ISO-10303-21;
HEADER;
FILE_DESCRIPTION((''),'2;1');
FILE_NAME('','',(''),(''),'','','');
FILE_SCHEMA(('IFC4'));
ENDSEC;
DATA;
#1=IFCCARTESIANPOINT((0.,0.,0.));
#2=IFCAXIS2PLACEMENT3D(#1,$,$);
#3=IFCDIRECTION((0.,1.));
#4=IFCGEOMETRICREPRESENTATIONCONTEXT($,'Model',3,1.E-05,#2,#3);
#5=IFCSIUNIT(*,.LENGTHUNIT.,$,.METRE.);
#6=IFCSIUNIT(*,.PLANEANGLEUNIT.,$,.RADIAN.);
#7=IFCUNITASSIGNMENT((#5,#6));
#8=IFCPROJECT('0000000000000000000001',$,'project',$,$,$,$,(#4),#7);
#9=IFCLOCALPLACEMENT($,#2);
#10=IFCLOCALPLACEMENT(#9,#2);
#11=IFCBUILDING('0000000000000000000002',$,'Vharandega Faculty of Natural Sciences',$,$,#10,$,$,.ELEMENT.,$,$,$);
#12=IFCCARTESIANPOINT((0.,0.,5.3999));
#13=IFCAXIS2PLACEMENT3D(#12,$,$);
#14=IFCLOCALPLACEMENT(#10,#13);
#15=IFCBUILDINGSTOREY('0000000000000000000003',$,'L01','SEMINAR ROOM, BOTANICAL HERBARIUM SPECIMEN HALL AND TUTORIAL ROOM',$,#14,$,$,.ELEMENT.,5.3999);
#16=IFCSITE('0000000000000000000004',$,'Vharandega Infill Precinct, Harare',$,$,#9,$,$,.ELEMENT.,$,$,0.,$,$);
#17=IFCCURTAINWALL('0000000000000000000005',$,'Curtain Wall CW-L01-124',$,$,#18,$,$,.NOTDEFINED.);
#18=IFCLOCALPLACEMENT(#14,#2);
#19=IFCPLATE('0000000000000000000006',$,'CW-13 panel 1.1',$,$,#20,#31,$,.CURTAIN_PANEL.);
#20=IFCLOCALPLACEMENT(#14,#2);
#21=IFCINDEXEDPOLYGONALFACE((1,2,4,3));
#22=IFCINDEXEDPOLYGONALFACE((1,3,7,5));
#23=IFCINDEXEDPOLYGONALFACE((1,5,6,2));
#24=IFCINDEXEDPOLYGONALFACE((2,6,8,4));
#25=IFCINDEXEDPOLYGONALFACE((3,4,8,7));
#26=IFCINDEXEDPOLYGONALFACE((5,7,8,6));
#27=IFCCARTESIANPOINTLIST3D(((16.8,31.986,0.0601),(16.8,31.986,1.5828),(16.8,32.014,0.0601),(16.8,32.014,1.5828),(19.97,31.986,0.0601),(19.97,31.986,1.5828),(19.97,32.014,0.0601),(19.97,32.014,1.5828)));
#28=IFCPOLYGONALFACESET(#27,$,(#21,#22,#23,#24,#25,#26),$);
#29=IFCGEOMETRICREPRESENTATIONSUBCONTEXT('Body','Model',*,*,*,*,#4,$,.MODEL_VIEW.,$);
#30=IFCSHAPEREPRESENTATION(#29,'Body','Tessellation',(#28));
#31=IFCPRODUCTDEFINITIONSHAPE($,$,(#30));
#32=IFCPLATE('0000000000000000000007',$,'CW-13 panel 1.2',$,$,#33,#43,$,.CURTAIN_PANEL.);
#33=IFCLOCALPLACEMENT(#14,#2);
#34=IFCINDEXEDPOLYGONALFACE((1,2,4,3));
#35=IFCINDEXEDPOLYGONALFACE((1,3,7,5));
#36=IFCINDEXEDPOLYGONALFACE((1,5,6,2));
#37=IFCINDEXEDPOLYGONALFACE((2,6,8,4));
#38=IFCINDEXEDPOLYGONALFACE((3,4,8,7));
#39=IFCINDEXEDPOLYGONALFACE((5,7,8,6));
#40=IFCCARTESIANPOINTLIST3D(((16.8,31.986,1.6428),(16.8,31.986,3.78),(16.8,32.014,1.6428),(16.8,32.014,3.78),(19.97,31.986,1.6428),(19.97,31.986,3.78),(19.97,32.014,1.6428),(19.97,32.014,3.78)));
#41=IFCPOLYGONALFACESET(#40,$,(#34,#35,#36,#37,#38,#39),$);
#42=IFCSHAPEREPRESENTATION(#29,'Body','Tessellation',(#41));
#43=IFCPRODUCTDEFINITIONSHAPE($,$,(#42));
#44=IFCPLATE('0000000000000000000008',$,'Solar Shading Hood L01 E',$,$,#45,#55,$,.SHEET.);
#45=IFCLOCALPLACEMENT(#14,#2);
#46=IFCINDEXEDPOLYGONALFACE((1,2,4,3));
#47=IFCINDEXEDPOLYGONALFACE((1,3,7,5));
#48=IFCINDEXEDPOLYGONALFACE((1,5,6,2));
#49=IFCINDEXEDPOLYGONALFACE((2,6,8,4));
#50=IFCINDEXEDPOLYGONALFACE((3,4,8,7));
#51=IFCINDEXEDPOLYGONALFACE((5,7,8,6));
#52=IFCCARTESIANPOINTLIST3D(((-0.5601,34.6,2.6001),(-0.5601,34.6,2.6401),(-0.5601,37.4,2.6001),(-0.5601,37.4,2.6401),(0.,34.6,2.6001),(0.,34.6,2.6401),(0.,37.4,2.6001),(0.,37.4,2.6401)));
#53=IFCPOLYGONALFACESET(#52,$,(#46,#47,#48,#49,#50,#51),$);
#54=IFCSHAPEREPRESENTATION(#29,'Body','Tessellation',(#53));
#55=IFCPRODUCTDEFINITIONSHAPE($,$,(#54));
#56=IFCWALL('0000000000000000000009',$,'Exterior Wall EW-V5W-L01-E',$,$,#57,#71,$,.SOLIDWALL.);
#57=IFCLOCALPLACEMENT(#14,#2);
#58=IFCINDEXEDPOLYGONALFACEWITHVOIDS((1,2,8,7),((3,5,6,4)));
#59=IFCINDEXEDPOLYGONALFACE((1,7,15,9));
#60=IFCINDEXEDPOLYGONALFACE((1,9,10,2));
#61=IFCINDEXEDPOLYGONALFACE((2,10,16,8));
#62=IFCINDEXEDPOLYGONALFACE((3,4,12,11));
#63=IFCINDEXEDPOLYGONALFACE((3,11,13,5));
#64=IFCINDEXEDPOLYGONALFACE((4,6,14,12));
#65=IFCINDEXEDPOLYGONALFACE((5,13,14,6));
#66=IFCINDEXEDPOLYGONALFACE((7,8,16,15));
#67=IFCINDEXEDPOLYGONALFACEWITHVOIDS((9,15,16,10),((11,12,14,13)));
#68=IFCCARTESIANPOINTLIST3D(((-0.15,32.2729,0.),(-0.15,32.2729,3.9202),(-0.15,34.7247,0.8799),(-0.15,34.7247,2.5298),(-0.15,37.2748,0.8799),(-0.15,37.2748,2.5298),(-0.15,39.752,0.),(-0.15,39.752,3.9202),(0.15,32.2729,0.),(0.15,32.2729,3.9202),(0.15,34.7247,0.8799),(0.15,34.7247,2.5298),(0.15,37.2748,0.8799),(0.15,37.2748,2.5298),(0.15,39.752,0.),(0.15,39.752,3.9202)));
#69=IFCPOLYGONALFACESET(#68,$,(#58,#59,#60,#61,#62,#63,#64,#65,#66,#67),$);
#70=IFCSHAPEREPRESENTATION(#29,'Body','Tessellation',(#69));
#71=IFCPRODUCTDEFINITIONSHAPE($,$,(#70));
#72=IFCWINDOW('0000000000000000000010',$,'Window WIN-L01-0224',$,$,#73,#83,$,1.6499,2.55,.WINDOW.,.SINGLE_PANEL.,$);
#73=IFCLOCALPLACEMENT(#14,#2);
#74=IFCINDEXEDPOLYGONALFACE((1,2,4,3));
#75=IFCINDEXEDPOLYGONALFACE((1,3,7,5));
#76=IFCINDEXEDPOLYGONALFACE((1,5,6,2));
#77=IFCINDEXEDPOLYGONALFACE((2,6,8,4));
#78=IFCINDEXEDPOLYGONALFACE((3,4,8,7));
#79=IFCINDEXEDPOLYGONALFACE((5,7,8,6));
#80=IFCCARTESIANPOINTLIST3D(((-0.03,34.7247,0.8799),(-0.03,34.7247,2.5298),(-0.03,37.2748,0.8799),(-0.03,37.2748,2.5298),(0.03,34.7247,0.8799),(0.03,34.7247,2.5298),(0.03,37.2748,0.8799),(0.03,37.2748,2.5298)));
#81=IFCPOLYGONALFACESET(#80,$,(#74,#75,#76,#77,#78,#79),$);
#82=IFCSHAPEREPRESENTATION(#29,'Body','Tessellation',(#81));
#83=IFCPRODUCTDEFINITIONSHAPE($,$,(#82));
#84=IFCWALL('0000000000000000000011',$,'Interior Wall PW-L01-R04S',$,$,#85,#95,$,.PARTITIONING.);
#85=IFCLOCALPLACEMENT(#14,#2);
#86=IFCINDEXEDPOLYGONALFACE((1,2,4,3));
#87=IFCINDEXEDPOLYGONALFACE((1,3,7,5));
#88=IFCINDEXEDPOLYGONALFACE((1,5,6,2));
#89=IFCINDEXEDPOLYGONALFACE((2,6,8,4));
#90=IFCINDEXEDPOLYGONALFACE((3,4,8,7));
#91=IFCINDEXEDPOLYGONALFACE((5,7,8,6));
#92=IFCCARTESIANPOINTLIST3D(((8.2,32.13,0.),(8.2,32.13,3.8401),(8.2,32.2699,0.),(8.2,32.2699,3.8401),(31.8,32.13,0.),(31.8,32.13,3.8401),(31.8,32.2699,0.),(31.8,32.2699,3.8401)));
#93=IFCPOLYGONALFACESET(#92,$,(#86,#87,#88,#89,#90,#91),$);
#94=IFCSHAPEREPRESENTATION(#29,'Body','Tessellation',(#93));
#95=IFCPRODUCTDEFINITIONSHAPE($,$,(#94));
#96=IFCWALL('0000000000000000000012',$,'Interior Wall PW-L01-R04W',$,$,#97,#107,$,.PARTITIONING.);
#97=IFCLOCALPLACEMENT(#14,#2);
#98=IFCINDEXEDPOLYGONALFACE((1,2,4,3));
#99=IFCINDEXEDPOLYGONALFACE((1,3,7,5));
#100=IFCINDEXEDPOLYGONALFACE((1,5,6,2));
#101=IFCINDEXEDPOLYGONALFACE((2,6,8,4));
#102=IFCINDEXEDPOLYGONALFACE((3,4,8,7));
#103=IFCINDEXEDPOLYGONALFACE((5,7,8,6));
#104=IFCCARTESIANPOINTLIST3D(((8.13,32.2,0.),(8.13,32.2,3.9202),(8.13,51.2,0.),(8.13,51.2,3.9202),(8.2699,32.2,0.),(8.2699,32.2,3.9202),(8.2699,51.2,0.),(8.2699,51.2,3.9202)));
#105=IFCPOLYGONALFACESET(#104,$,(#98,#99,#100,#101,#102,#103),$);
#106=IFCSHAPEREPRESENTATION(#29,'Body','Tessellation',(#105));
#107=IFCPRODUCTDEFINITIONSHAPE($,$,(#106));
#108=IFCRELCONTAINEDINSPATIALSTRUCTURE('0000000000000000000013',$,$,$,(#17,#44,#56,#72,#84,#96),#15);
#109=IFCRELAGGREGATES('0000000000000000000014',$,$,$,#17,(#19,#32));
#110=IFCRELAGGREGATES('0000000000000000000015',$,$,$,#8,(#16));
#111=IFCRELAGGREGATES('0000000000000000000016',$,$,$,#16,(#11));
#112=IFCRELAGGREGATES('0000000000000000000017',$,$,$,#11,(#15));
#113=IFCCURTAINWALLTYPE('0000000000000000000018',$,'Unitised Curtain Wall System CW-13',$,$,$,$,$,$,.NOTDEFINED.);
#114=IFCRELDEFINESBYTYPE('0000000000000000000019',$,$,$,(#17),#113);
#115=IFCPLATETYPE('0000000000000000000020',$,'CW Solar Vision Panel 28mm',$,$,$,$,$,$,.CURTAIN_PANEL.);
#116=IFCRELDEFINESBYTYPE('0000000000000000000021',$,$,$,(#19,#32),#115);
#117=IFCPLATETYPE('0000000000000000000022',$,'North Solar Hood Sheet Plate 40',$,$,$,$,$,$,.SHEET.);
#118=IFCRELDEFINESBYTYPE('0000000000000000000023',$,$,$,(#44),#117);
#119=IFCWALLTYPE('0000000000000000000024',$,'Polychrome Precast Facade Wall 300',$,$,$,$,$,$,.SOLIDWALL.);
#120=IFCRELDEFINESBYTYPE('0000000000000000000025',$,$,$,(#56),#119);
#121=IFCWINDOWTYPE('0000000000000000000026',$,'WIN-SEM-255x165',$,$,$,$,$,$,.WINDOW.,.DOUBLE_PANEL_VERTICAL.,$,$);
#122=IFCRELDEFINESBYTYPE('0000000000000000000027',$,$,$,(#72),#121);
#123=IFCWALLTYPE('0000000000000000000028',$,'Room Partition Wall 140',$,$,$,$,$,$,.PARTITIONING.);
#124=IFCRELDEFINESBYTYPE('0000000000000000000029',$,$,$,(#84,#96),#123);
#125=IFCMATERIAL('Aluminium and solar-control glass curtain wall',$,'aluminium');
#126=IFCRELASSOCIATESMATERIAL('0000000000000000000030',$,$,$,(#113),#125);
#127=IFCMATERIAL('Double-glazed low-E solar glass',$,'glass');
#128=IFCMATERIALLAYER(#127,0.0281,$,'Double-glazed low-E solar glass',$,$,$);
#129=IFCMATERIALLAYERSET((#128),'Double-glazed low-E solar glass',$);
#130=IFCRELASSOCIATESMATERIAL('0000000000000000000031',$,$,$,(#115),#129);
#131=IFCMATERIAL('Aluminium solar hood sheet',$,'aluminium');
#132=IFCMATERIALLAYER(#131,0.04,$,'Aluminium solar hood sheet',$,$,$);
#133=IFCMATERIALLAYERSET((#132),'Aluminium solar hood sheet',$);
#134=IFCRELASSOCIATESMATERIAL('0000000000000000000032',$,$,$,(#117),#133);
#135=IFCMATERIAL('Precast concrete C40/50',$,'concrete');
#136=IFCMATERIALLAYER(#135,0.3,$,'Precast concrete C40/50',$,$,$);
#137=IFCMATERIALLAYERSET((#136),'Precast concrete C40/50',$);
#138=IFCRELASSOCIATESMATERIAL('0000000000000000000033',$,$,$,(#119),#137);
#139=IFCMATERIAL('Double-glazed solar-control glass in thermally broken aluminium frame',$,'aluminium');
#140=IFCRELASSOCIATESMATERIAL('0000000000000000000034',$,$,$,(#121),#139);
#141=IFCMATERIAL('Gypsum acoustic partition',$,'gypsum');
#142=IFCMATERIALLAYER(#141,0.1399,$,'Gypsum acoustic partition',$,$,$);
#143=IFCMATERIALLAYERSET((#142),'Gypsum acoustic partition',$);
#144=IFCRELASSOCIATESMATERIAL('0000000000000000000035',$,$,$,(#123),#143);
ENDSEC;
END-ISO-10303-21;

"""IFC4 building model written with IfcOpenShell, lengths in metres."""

from ifc_helpers import new_model, si_unit, direction, frame, frame_2d, origin, origin_2d, place, context, subcontext, project, spatial, rectangle, extrude, material, layer, layer_set, type_object, element, fill, aggregate, save


model = new_model("IFC4")

# Units and contexts
model_context = context("Model", 3, precision=1e-05, world=origin(), true_north=direction((0.0, 1.0)))
body_context = subcontext(model_context, "Body", "Model", "MODEL_VIEW")
ifc_project = project(units=[si_unit("LENGTHUNIT", "METRE"), si_unit("PLANEANGLEUNIT", "RADIAN")], contexts=[model_context])

# Site, building, storey
site_placement = place(None, origin())
site = spatial("IfcSite", under=ifc_project, at=site_placement, Name="Vharandega Infill Precinct, Harare", CompositionType="ELEMENT", RefElevation=0.0)
building_placement = place(site_placement, origin())
building = spatial("IfcBuilding", under=site, at=building_placement, Name="Vharandega Faculty of Natural Sciences", CompositionType="ELEMENT")
storey_placement = place(building_placement, frame((0.0, 0.0, 5.3999)))
storey = spatial("IfcBuildingStorey", under=building, at=storey_placement, Name="L01", Description="SEMINAR ROOM, BOTANICAL HERBARIUM SPECIMEN HALL AND TUTORIAL ROOM", CompositionType="ELEMENT", Elevation=5.3999)

# Curtain wall
ifc_material_1 = material(Name="Aluminium and solar-control glass curtain wall", Category="aluminium")
curtain_wall_type = type_object("IfcCurtainWallType", Name="Unitised Curtain Wall System CW-13", PredefinedType="NOTDEFINED", material=ifc_material_1)
curtain_wall_placement = place(storey_placement, origin())
curtain_wall = element("IfcCurtainWall", 1, at=curtain_wall_placement, inside=storey, type_object=curtain_wall_type, Name="Curtain Wall CW-L01-124", PredefinedType="NOTDEFINED")

# Plates
ifc_material_2 = material(Name="Double-glazed low-E solar glass", Category="glass")
ifc_layer_1 = layer(ifc_material_2, 0.0281, Name="Double-glazed low-E solar glass")
ifc_layer_set_1 = layer_set([ifc_layer_1], Name="Double-glazed low-E solar glass")
plate_type_1 = type_object("IfcPlateType", Name="CW Solar Vision Panel 28mm", PredefinedType="CURTAIN_PANEL", material=ifc_layer_set_1)
plate_1_placement = place(storey_placement, frame((18.385, 32.0, 0.0601), z_axis=(0.0, 0.0, 1.0), x_axis=(1.0, 0.0, 0.0)))
plate_1 = element("IfcPlate", 2, at=plate_1_placement, type_object=plate_type_1, Name="CW-13 panel 1.1", PredefinedType="CURTAIN_PANEL", context=body_context, shape_type="SweptSolid", body=[
    extrude(rectangle(XDim=3.1699, YDim=0.0281, at=origin_2d()), origin(), (0.0, 0.0, 1.0), 1.5227),
])
plate_2_placement = place(storey_placement, frame((18.385, 32.0, 1.6428), z_axis=(0.0, 0.0, 1.0), x_axis=(1.0, 0.0, 0.0)))
plate_2 = element("IfcPlate", 3, at=plate_2_placement, type_object=plate_type_1, Name="CW-13 panel 1.2", PredefinedType="CURTAIN_PANEL", context=body_context, shape_type="SweptSolid", body=[
    extrude(rectangle(XDim=3.1699, YDim=0.0281, at=origin_2d()), origin(), (0.0, 0.0, 1.0), 2.1372),
])
aggregate(curtain_wall, [plate_1, plate_2])
ifc_material_3 = material(Name="Aluminium solar hood sheet", Category="aluminium")
ifc_layer_2 = layer(ifc_material_3, 0.04, Name="Aluminium solar hood sheet")
ifc_layer_set_2 = layer_set([ifc_layer_2], Name="Aluminium solar hood sheet")
plate_type_2 = type_object("IfcPlateType", Name="North Solar Hood Sheet Plate 40", PredefinedType="SHEET", material=ifc_layer_set_2)
plate_3_placement = place(storey_placement, frame((-0.28, 36.0, 2.6001), z_axis=(0.0, 0.0, 1.0), x_axis=(1.0, 0.0, 0.0)))
element("IfcPlate", 4, at=plate_3_placement, inside=storey, type_object=plate_type_2, Name="Solar Shading Hood L01 E", PredefinedType="SHEET", context=body_context, shape_type="SweptSolid", body=[
    extrude(rectangle(XDim=0.5601, YDim=2.8, at=origin_2d()), origin(), (0.0, 0.0, 1.0), 0.04),
])

# Wall, opening, window
ifc_material_4 = material(Name="Precast concrete C40/50", Category="concrete")
ifc_layer_3 = layer(ifc_material_4, 0.3, Name="Precast concrete C40/50")
ifc_layer_set_3 = layer_set([ifc_layer_3], Name="Precast concrete C40/50")
wall_type_1 = type_object("IfcWallType", Name="Polychrome Precast Facade Wall 300", PredefinedType="SOLIDWALL", material=ifc_layer_set_3)
wall_1_placement = place(storey_placement, frame((0.0, 32.2729, 0.0), z_axis=(0.0, 0.0, 1.0), x_axis=(0.0, 1.0, 0.0)))
wall_1 = element("IfcWall", 5, at=wall_1_placement, inside=storey, type_object=wall_type_1, Name="Exterior Wall EW-V5W-L01-E", PredefinedType="SOLIDWALL", context=body_context, shape_type="SweptSolid", body=[
    extrude(rectangle(XDim=7.479, YDim=0.3, at=frame_2d((3.7395, 0.0))), origin(), (0.0, 0.0, 1.0), 3.9202),
])
opening_placement = place(wall_1_placement, frame((2.4519, 0.0, 0.8799)))
opening = element("IfcOpeningElement", 6, at=opening_placement, cuts=wall_1, PredefinedType="OPENING", context=body_context, shape_type="SweptSolid", body=[
    extrude(rectangle(XDim=2.55, YDim=1.6499, at=frame_2d((1.2749, 0.825))), frame((0.0, 0.1602, 0.0), z_axis=(0.0, -1.0, 0.0), x_axis=(1.0, 0.0, 0.0)), (0.0, 0.0, 1.0), 0.3201),
])
ifc_material_5 = material(Name="Double-glazed solar-control glass in thermally broken aluminium frame", Category="aluminium")
window_type = type_object("IfcWindowType", Name="WIN-SEM-255x165", PartitioningType="DOUBLE_PANEL_VERTICAL", PredefinedType="WINDOW", material=ifc_material_5)
window_placement = place(opening_placement, origin())
window = element("IfcWindow", 7, at=window_placement, inside=storey, type_object=window_type, Name="Window WIN-L01-0224", OverallHeight=1.6499, OverallWidth=2.55, PartitioningType="SINGLE_PANEL", PredefinedType="WINDOW", context=body_context, shape_type="SweptSolid", body=[
    extrude(rectangle(XDim=2.55, YDim=1.6499, at=frame_2d((1.2749, 0.825))), frame((0.0, 0.03, 0.0), z_axis=(0.0, -1.0, 0.0), x_axis=(1.0, 0.0, 0.0)), (0.0, 0.0, 1.0), 0.0601),
])
fill(opening, window)

# Walls
ifc_material_6 = material(Name="Gypsum acoustic partition", Category="gypsum")
ifc_layer_4 = layer(ifc_material_6, 0.1399, Name="Gypsum acoustic partition")
ifc_layer_set_4 = layer_set([ifc_layer_4], Name="Gypsum acoustic partition")
wall_type_2 = type_object("IfcWallType", Name="Room Partition Wall 140", PredefinedType="PARTITIONING", material=ifc_layer_set_4)
wall_2_placement = place(storey_placement, frame((8.2, 32.2, 0.0), z_axis=(0.0, 0.0, 1.0), x_axis=(1.0, 0.0, 0.0)))
element("IfcWall", 8, at=wall_2_placement, inside=storey, type_object=wall_type_2, Name="Interior Wall PW-L01-R04S", PredefinedType="PARTITIONING", context=body_context, shape_type="SweptSolid", body=[
    extrude(rectangle(XDim=23.6001, YDim=0.1399, at=frame_2d((11.8, 0.0))), origin(), (0.0, 0.0, 1.0), 3.8401),
])
wall_3_placement = place(storey_placement, frame((8.2, 32.2, 0.0), z_axis=(0.0, 0.0, 1.0), x_axis=(0.0, 1.0, 0.0)))
element("IfcWall", 9, at=wall_3_placement, inside=storey, type_object=wall_type_2, Name="Interior Wall PW-L01-R04W", PredefinedType="PARTITIONING", context=body_context, shape_type="SweptSolid", body=[
    extrude(rectangle(XDim=19.0, YDim=0.1399, at=frame_2d((9.5, 0.0))), origin(), (0.0, 0.0, 1.0), 3.9202),
])

save(model, "model.ifc")
